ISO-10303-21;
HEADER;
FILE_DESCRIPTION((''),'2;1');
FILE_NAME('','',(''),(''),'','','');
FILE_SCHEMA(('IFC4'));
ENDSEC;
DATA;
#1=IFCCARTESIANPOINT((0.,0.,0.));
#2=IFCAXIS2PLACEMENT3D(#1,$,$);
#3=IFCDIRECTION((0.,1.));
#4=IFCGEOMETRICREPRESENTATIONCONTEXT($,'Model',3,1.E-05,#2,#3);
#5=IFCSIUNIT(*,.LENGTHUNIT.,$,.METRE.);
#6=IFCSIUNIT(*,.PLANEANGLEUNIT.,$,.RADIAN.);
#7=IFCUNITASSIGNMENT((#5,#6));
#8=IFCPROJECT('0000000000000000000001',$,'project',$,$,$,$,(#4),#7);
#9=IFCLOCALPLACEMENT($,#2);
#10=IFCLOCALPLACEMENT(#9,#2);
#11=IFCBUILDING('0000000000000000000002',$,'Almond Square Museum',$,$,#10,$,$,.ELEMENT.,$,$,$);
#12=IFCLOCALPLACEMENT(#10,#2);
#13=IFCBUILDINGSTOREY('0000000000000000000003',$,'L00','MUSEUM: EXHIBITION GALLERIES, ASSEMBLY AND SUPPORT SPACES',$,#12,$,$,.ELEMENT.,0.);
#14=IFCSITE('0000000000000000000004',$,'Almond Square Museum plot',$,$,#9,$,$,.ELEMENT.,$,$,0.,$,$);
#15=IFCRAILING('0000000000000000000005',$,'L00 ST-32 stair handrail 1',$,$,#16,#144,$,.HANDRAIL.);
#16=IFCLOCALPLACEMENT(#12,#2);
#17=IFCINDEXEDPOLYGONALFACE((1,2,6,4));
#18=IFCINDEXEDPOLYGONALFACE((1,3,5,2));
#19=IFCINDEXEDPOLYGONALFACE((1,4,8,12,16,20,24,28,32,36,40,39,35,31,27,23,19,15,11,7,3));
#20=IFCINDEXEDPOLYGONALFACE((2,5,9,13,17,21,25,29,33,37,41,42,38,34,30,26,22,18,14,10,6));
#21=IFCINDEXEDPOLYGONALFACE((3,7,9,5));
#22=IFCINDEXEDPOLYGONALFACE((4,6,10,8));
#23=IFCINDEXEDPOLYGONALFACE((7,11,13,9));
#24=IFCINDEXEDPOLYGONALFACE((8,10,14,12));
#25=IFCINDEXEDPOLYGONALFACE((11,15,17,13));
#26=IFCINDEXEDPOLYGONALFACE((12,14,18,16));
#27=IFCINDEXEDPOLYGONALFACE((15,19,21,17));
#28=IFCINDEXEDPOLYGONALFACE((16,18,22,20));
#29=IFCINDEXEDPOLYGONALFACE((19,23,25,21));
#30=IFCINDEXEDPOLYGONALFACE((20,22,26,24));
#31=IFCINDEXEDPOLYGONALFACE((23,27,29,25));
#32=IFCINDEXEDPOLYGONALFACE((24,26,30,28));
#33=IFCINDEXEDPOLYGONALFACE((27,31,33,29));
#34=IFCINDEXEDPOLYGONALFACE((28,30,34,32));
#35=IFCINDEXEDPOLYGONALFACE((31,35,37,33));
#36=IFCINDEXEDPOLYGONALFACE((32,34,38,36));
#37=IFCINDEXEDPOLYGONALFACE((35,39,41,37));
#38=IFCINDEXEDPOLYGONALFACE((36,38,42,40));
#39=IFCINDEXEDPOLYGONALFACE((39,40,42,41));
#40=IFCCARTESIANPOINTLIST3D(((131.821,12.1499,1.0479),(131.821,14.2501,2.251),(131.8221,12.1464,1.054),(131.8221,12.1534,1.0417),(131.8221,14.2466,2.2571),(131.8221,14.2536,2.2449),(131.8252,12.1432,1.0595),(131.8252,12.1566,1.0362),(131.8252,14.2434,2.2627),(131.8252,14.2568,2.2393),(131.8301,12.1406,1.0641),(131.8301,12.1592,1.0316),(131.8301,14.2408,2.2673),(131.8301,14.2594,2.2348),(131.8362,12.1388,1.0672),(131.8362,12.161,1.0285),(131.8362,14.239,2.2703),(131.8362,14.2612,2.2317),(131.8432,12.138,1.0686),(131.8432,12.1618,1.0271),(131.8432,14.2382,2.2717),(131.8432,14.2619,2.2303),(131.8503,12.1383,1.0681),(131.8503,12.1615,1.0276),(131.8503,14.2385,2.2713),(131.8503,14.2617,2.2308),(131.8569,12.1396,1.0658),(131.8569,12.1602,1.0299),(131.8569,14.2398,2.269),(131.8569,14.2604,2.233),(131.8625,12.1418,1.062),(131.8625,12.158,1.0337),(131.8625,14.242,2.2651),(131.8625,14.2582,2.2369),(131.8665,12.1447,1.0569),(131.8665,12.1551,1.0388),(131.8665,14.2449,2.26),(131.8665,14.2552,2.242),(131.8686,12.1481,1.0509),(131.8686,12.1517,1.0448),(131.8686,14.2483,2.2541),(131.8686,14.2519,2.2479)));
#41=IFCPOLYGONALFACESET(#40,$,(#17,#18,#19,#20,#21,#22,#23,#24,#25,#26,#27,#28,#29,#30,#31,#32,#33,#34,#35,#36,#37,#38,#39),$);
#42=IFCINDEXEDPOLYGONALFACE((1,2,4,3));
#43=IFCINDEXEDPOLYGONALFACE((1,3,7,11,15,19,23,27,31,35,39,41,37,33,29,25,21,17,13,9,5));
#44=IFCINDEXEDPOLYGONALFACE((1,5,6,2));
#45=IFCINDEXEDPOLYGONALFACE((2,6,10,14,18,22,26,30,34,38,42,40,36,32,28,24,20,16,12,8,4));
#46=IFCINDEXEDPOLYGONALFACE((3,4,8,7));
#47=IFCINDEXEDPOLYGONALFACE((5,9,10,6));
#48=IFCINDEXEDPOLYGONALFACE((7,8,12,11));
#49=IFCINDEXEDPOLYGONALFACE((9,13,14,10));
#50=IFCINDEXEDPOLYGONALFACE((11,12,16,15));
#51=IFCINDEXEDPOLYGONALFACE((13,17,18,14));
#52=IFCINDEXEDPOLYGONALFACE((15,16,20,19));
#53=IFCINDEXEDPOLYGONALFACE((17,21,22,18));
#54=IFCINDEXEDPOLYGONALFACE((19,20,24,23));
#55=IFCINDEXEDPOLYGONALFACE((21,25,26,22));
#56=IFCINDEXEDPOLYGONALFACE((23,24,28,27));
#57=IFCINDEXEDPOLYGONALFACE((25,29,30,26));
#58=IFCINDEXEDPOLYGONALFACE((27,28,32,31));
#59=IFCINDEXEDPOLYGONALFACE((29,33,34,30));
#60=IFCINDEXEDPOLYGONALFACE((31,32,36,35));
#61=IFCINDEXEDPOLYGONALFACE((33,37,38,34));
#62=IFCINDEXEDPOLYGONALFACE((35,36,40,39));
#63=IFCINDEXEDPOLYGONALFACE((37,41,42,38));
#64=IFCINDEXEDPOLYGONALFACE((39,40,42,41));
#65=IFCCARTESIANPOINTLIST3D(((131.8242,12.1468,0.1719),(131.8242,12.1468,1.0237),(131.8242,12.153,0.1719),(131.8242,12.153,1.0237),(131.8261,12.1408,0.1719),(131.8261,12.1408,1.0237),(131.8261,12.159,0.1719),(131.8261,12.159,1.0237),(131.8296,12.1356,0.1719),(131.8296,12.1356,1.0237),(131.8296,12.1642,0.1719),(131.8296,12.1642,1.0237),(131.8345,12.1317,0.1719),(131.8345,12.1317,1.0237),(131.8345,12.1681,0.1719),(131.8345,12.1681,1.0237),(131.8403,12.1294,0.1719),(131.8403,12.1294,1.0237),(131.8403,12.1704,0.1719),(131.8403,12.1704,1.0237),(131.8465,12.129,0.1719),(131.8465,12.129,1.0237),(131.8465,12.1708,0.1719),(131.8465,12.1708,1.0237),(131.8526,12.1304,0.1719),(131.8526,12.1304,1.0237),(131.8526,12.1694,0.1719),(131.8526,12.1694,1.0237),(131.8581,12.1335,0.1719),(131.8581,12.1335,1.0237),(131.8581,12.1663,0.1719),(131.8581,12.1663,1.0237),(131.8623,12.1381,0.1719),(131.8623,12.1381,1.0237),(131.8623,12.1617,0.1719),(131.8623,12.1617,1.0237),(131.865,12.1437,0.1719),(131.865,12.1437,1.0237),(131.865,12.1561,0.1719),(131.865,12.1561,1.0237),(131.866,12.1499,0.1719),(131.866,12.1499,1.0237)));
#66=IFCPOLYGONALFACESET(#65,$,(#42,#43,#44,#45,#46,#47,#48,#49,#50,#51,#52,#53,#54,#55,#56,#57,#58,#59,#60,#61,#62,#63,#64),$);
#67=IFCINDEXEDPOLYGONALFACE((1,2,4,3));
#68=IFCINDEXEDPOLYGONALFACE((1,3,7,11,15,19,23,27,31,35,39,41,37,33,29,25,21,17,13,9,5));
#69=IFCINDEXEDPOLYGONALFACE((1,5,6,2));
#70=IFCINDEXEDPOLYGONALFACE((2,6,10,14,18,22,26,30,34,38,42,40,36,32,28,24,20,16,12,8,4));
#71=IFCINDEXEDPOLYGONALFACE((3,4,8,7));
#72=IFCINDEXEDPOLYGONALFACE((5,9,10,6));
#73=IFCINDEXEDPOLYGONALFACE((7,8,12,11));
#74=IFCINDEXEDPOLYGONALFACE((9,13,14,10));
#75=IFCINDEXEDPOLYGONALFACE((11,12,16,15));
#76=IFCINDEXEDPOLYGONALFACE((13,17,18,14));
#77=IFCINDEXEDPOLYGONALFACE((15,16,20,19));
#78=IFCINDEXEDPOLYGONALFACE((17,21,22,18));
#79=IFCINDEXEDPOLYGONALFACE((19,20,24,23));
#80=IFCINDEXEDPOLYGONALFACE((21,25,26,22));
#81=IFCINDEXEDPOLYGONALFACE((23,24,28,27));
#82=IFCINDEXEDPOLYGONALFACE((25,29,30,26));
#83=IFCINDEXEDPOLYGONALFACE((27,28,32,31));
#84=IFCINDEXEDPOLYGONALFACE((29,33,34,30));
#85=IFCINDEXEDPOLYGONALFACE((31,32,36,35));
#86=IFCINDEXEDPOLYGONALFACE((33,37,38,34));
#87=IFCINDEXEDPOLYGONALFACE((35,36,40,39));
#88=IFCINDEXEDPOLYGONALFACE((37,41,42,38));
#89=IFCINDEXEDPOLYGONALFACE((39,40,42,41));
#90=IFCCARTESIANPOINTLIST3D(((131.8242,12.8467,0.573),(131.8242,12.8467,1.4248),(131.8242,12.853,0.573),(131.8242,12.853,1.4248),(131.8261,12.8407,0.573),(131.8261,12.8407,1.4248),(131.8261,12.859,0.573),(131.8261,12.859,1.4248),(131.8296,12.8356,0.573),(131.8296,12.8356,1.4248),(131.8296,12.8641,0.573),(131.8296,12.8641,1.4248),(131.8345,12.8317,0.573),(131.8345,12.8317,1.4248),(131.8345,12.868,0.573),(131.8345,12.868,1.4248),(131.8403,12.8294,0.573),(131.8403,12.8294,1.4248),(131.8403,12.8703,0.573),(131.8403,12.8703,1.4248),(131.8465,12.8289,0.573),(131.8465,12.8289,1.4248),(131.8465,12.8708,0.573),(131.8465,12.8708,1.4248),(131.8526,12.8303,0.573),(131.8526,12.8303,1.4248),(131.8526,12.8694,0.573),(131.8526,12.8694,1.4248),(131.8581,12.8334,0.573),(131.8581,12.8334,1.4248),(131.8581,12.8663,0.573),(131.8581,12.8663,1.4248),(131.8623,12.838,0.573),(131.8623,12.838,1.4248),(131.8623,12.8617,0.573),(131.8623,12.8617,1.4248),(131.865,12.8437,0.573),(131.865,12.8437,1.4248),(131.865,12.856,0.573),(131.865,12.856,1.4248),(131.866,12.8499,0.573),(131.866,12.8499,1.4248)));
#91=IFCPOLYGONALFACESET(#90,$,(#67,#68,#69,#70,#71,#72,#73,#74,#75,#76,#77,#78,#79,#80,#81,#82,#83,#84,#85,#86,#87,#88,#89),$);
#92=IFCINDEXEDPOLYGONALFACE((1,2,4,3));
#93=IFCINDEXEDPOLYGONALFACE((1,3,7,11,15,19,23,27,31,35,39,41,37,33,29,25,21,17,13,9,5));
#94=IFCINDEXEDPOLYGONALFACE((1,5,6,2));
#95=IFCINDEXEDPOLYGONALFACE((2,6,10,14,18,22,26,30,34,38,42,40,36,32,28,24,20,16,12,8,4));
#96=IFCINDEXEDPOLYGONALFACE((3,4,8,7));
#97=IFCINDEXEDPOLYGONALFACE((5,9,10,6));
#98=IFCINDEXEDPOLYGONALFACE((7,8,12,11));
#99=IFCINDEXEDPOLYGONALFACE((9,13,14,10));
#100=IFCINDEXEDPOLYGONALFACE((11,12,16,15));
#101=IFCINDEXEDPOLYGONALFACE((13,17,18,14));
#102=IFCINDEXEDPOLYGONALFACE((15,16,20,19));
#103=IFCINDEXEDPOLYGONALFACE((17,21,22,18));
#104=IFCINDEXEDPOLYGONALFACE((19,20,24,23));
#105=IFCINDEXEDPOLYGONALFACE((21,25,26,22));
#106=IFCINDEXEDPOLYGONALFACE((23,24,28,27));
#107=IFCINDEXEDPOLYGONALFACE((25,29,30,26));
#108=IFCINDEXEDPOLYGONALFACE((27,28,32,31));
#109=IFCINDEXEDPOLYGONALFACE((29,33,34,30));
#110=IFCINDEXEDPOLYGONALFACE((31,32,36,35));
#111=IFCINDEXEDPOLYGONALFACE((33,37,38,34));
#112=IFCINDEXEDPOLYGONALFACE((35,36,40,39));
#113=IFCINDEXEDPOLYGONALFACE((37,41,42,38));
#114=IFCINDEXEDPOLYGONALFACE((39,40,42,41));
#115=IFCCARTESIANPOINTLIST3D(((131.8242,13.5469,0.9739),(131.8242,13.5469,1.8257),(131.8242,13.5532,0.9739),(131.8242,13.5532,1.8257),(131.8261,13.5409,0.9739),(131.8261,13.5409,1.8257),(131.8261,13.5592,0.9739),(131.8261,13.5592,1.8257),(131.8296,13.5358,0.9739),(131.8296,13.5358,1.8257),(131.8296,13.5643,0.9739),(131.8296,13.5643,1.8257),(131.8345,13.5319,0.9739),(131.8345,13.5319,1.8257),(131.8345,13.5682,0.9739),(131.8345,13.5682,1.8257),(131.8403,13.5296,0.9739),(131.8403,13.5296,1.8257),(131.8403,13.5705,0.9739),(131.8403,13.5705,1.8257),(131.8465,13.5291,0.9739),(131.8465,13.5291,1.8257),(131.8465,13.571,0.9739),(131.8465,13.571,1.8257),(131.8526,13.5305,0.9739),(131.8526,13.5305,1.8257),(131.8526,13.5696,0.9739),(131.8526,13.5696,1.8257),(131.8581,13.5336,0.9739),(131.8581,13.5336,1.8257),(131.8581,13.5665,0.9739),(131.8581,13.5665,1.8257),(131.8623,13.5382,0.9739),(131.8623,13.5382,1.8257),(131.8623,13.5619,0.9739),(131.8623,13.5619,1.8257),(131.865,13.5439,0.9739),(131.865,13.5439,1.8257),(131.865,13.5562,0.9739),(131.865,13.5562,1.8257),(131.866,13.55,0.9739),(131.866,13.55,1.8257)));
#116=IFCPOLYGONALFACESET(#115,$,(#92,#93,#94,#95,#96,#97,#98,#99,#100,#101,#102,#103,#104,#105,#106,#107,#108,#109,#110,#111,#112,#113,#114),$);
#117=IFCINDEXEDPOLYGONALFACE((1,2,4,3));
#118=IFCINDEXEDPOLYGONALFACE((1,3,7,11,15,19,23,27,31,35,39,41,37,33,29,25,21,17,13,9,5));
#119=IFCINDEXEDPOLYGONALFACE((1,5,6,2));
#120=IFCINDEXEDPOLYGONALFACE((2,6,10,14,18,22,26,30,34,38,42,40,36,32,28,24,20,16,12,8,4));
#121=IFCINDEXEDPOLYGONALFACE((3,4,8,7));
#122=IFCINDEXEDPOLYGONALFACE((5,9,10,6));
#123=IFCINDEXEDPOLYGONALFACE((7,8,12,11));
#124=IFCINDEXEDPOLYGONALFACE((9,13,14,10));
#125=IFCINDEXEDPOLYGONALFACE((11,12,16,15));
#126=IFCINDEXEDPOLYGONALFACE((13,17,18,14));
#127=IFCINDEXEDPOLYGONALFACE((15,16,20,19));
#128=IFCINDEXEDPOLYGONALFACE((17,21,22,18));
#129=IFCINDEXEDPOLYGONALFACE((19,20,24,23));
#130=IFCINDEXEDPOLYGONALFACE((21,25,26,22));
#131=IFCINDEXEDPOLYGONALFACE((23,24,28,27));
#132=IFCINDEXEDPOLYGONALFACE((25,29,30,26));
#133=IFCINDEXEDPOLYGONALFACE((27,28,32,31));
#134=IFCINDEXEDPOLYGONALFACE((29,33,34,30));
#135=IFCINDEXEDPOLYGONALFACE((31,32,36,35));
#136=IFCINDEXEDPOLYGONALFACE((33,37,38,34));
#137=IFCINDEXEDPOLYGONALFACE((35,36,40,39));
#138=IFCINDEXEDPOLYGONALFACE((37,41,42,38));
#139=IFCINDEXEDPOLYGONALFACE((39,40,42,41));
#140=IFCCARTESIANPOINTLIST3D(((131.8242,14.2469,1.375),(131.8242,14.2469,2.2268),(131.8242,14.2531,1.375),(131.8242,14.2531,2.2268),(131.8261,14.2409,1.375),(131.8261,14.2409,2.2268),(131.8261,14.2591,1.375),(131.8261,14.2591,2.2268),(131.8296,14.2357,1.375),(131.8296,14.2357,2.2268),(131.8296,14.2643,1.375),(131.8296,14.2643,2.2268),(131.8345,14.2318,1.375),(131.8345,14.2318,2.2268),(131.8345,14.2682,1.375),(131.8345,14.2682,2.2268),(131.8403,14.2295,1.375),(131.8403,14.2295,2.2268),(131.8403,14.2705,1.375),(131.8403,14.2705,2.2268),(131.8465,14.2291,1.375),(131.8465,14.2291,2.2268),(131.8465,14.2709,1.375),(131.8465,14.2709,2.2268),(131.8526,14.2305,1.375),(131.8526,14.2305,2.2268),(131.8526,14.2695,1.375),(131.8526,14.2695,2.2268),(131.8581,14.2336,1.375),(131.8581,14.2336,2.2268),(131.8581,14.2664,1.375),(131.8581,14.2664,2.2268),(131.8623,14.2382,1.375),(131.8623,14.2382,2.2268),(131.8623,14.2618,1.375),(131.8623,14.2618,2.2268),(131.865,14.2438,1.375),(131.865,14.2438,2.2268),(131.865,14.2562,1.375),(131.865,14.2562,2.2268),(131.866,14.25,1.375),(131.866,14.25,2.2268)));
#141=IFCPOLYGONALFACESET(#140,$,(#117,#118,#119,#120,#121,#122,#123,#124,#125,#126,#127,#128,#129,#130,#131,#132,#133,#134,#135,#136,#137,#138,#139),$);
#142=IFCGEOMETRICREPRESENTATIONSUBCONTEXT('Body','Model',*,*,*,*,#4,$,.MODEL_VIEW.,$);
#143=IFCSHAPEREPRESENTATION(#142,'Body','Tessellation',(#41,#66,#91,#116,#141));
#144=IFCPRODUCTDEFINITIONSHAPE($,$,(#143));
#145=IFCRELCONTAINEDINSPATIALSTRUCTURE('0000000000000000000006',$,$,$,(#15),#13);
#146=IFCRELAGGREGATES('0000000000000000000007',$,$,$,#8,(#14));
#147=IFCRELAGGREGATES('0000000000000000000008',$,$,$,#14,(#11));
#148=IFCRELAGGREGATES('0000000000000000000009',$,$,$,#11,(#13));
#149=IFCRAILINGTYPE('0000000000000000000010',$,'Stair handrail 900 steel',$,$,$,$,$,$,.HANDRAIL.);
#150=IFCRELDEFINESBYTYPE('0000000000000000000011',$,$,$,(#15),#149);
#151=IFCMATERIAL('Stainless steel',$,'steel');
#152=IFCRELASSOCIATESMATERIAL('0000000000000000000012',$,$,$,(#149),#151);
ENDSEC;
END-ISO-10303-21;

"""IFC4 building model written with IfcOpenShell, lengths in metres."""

from ifc_helpers import new_model, si_unit, direction, frame, origin, origin_2d, place, context, subcontext, project, spatial, circle, extrude, material, type_object, element, save


model = new_model("IFC4")

# Units and contexts
model_context = context("Model", 3, precision=1e-05, world=origin(), true_north=direction((0.0, 1.0)))
body_context = subcontext(model_context, "Body", "Model", "MODEL_VIEW")
ifc_project = project(units=[si_unit("LENGTHUNIT", "METRE"), si_unit("PLANEANGLEUNIT", "RADIAN")], contexts=[model_context])

# Site, building, storey
site_placement = place(None, origin())
site = spatial("IfcSite", under=ifc_project, at=site_placement, Name="Almond Square Museum plot", CompositionType="ELEMENT", RefElevation=0.0)
building_placement = place(site_placement, origin())
building = spatial("IfcBuilding", under=site, at=building_placement, Name="Almond Square Museum", CompositionType="ELEMENT")
storey_placement = place(building_placement, origin())
storey = spatial("IfcBuildingStorey", under=building, at=storey_placement, Name="L00", Description="MUSEUM: EXHIBITION GALLERIES, ASSEMBLY AND SUPPORT SPACES", CompositionType="ELEMENT", Elevation=0.0)

# Railing
ifc_material_1 = material(Name="Stainless steel", Category="steel")
railing_type_1 = type_object("IfcRailingType", Name="Stair handrail 900 steel", PredefinedType="HANDRAIL", material=ifc_material_1)
railing_1_placement = place(storey_placement, frame((131.845, 12.1499, 0.1719)))
element("IfcRailing", 1, at=railing_1_placement, inside=storey, type_object=railing_type_1, Name="L00 ST-32 stair handrail 1", PredefinedType="HANDRAIL", context=body_context, shape_type="SweptSolid", body=[
    extrude(circle(Radius=0.0239, at=origin_2d()), frame((0.0, 0.0, 0.876), z_axis=(0.0, 0.867696, 0.497095), x_axis=(-1.0, 0.0, 0.0)), (0.0, 0.0, 1.0), 2.4204),
    extrude(circle(Radius=0.021, at=origin_2d()), origin(), (0.0, 0.0, 1.0), 0.8518),
    extrude(circle(Radius=0.021, at=origin_2d()), frame((0.0, 0.7, 0.4011)), (0.0, 0.0, 1.0), 0.8518),
    extrude(circle(Radius=0.021, at=origin_2d()), frame((0.0, 1.4001, 0.802)), (0.0, 0.0, 1.0), 0.8518),
    extrude(circle(Radius=0.021, at=origin_2d()), frame((0.0, 2.1001, 1.2031)), (0.0, 0.0, 1.0), 0.8518),
])

save(model, "model.ifc")
